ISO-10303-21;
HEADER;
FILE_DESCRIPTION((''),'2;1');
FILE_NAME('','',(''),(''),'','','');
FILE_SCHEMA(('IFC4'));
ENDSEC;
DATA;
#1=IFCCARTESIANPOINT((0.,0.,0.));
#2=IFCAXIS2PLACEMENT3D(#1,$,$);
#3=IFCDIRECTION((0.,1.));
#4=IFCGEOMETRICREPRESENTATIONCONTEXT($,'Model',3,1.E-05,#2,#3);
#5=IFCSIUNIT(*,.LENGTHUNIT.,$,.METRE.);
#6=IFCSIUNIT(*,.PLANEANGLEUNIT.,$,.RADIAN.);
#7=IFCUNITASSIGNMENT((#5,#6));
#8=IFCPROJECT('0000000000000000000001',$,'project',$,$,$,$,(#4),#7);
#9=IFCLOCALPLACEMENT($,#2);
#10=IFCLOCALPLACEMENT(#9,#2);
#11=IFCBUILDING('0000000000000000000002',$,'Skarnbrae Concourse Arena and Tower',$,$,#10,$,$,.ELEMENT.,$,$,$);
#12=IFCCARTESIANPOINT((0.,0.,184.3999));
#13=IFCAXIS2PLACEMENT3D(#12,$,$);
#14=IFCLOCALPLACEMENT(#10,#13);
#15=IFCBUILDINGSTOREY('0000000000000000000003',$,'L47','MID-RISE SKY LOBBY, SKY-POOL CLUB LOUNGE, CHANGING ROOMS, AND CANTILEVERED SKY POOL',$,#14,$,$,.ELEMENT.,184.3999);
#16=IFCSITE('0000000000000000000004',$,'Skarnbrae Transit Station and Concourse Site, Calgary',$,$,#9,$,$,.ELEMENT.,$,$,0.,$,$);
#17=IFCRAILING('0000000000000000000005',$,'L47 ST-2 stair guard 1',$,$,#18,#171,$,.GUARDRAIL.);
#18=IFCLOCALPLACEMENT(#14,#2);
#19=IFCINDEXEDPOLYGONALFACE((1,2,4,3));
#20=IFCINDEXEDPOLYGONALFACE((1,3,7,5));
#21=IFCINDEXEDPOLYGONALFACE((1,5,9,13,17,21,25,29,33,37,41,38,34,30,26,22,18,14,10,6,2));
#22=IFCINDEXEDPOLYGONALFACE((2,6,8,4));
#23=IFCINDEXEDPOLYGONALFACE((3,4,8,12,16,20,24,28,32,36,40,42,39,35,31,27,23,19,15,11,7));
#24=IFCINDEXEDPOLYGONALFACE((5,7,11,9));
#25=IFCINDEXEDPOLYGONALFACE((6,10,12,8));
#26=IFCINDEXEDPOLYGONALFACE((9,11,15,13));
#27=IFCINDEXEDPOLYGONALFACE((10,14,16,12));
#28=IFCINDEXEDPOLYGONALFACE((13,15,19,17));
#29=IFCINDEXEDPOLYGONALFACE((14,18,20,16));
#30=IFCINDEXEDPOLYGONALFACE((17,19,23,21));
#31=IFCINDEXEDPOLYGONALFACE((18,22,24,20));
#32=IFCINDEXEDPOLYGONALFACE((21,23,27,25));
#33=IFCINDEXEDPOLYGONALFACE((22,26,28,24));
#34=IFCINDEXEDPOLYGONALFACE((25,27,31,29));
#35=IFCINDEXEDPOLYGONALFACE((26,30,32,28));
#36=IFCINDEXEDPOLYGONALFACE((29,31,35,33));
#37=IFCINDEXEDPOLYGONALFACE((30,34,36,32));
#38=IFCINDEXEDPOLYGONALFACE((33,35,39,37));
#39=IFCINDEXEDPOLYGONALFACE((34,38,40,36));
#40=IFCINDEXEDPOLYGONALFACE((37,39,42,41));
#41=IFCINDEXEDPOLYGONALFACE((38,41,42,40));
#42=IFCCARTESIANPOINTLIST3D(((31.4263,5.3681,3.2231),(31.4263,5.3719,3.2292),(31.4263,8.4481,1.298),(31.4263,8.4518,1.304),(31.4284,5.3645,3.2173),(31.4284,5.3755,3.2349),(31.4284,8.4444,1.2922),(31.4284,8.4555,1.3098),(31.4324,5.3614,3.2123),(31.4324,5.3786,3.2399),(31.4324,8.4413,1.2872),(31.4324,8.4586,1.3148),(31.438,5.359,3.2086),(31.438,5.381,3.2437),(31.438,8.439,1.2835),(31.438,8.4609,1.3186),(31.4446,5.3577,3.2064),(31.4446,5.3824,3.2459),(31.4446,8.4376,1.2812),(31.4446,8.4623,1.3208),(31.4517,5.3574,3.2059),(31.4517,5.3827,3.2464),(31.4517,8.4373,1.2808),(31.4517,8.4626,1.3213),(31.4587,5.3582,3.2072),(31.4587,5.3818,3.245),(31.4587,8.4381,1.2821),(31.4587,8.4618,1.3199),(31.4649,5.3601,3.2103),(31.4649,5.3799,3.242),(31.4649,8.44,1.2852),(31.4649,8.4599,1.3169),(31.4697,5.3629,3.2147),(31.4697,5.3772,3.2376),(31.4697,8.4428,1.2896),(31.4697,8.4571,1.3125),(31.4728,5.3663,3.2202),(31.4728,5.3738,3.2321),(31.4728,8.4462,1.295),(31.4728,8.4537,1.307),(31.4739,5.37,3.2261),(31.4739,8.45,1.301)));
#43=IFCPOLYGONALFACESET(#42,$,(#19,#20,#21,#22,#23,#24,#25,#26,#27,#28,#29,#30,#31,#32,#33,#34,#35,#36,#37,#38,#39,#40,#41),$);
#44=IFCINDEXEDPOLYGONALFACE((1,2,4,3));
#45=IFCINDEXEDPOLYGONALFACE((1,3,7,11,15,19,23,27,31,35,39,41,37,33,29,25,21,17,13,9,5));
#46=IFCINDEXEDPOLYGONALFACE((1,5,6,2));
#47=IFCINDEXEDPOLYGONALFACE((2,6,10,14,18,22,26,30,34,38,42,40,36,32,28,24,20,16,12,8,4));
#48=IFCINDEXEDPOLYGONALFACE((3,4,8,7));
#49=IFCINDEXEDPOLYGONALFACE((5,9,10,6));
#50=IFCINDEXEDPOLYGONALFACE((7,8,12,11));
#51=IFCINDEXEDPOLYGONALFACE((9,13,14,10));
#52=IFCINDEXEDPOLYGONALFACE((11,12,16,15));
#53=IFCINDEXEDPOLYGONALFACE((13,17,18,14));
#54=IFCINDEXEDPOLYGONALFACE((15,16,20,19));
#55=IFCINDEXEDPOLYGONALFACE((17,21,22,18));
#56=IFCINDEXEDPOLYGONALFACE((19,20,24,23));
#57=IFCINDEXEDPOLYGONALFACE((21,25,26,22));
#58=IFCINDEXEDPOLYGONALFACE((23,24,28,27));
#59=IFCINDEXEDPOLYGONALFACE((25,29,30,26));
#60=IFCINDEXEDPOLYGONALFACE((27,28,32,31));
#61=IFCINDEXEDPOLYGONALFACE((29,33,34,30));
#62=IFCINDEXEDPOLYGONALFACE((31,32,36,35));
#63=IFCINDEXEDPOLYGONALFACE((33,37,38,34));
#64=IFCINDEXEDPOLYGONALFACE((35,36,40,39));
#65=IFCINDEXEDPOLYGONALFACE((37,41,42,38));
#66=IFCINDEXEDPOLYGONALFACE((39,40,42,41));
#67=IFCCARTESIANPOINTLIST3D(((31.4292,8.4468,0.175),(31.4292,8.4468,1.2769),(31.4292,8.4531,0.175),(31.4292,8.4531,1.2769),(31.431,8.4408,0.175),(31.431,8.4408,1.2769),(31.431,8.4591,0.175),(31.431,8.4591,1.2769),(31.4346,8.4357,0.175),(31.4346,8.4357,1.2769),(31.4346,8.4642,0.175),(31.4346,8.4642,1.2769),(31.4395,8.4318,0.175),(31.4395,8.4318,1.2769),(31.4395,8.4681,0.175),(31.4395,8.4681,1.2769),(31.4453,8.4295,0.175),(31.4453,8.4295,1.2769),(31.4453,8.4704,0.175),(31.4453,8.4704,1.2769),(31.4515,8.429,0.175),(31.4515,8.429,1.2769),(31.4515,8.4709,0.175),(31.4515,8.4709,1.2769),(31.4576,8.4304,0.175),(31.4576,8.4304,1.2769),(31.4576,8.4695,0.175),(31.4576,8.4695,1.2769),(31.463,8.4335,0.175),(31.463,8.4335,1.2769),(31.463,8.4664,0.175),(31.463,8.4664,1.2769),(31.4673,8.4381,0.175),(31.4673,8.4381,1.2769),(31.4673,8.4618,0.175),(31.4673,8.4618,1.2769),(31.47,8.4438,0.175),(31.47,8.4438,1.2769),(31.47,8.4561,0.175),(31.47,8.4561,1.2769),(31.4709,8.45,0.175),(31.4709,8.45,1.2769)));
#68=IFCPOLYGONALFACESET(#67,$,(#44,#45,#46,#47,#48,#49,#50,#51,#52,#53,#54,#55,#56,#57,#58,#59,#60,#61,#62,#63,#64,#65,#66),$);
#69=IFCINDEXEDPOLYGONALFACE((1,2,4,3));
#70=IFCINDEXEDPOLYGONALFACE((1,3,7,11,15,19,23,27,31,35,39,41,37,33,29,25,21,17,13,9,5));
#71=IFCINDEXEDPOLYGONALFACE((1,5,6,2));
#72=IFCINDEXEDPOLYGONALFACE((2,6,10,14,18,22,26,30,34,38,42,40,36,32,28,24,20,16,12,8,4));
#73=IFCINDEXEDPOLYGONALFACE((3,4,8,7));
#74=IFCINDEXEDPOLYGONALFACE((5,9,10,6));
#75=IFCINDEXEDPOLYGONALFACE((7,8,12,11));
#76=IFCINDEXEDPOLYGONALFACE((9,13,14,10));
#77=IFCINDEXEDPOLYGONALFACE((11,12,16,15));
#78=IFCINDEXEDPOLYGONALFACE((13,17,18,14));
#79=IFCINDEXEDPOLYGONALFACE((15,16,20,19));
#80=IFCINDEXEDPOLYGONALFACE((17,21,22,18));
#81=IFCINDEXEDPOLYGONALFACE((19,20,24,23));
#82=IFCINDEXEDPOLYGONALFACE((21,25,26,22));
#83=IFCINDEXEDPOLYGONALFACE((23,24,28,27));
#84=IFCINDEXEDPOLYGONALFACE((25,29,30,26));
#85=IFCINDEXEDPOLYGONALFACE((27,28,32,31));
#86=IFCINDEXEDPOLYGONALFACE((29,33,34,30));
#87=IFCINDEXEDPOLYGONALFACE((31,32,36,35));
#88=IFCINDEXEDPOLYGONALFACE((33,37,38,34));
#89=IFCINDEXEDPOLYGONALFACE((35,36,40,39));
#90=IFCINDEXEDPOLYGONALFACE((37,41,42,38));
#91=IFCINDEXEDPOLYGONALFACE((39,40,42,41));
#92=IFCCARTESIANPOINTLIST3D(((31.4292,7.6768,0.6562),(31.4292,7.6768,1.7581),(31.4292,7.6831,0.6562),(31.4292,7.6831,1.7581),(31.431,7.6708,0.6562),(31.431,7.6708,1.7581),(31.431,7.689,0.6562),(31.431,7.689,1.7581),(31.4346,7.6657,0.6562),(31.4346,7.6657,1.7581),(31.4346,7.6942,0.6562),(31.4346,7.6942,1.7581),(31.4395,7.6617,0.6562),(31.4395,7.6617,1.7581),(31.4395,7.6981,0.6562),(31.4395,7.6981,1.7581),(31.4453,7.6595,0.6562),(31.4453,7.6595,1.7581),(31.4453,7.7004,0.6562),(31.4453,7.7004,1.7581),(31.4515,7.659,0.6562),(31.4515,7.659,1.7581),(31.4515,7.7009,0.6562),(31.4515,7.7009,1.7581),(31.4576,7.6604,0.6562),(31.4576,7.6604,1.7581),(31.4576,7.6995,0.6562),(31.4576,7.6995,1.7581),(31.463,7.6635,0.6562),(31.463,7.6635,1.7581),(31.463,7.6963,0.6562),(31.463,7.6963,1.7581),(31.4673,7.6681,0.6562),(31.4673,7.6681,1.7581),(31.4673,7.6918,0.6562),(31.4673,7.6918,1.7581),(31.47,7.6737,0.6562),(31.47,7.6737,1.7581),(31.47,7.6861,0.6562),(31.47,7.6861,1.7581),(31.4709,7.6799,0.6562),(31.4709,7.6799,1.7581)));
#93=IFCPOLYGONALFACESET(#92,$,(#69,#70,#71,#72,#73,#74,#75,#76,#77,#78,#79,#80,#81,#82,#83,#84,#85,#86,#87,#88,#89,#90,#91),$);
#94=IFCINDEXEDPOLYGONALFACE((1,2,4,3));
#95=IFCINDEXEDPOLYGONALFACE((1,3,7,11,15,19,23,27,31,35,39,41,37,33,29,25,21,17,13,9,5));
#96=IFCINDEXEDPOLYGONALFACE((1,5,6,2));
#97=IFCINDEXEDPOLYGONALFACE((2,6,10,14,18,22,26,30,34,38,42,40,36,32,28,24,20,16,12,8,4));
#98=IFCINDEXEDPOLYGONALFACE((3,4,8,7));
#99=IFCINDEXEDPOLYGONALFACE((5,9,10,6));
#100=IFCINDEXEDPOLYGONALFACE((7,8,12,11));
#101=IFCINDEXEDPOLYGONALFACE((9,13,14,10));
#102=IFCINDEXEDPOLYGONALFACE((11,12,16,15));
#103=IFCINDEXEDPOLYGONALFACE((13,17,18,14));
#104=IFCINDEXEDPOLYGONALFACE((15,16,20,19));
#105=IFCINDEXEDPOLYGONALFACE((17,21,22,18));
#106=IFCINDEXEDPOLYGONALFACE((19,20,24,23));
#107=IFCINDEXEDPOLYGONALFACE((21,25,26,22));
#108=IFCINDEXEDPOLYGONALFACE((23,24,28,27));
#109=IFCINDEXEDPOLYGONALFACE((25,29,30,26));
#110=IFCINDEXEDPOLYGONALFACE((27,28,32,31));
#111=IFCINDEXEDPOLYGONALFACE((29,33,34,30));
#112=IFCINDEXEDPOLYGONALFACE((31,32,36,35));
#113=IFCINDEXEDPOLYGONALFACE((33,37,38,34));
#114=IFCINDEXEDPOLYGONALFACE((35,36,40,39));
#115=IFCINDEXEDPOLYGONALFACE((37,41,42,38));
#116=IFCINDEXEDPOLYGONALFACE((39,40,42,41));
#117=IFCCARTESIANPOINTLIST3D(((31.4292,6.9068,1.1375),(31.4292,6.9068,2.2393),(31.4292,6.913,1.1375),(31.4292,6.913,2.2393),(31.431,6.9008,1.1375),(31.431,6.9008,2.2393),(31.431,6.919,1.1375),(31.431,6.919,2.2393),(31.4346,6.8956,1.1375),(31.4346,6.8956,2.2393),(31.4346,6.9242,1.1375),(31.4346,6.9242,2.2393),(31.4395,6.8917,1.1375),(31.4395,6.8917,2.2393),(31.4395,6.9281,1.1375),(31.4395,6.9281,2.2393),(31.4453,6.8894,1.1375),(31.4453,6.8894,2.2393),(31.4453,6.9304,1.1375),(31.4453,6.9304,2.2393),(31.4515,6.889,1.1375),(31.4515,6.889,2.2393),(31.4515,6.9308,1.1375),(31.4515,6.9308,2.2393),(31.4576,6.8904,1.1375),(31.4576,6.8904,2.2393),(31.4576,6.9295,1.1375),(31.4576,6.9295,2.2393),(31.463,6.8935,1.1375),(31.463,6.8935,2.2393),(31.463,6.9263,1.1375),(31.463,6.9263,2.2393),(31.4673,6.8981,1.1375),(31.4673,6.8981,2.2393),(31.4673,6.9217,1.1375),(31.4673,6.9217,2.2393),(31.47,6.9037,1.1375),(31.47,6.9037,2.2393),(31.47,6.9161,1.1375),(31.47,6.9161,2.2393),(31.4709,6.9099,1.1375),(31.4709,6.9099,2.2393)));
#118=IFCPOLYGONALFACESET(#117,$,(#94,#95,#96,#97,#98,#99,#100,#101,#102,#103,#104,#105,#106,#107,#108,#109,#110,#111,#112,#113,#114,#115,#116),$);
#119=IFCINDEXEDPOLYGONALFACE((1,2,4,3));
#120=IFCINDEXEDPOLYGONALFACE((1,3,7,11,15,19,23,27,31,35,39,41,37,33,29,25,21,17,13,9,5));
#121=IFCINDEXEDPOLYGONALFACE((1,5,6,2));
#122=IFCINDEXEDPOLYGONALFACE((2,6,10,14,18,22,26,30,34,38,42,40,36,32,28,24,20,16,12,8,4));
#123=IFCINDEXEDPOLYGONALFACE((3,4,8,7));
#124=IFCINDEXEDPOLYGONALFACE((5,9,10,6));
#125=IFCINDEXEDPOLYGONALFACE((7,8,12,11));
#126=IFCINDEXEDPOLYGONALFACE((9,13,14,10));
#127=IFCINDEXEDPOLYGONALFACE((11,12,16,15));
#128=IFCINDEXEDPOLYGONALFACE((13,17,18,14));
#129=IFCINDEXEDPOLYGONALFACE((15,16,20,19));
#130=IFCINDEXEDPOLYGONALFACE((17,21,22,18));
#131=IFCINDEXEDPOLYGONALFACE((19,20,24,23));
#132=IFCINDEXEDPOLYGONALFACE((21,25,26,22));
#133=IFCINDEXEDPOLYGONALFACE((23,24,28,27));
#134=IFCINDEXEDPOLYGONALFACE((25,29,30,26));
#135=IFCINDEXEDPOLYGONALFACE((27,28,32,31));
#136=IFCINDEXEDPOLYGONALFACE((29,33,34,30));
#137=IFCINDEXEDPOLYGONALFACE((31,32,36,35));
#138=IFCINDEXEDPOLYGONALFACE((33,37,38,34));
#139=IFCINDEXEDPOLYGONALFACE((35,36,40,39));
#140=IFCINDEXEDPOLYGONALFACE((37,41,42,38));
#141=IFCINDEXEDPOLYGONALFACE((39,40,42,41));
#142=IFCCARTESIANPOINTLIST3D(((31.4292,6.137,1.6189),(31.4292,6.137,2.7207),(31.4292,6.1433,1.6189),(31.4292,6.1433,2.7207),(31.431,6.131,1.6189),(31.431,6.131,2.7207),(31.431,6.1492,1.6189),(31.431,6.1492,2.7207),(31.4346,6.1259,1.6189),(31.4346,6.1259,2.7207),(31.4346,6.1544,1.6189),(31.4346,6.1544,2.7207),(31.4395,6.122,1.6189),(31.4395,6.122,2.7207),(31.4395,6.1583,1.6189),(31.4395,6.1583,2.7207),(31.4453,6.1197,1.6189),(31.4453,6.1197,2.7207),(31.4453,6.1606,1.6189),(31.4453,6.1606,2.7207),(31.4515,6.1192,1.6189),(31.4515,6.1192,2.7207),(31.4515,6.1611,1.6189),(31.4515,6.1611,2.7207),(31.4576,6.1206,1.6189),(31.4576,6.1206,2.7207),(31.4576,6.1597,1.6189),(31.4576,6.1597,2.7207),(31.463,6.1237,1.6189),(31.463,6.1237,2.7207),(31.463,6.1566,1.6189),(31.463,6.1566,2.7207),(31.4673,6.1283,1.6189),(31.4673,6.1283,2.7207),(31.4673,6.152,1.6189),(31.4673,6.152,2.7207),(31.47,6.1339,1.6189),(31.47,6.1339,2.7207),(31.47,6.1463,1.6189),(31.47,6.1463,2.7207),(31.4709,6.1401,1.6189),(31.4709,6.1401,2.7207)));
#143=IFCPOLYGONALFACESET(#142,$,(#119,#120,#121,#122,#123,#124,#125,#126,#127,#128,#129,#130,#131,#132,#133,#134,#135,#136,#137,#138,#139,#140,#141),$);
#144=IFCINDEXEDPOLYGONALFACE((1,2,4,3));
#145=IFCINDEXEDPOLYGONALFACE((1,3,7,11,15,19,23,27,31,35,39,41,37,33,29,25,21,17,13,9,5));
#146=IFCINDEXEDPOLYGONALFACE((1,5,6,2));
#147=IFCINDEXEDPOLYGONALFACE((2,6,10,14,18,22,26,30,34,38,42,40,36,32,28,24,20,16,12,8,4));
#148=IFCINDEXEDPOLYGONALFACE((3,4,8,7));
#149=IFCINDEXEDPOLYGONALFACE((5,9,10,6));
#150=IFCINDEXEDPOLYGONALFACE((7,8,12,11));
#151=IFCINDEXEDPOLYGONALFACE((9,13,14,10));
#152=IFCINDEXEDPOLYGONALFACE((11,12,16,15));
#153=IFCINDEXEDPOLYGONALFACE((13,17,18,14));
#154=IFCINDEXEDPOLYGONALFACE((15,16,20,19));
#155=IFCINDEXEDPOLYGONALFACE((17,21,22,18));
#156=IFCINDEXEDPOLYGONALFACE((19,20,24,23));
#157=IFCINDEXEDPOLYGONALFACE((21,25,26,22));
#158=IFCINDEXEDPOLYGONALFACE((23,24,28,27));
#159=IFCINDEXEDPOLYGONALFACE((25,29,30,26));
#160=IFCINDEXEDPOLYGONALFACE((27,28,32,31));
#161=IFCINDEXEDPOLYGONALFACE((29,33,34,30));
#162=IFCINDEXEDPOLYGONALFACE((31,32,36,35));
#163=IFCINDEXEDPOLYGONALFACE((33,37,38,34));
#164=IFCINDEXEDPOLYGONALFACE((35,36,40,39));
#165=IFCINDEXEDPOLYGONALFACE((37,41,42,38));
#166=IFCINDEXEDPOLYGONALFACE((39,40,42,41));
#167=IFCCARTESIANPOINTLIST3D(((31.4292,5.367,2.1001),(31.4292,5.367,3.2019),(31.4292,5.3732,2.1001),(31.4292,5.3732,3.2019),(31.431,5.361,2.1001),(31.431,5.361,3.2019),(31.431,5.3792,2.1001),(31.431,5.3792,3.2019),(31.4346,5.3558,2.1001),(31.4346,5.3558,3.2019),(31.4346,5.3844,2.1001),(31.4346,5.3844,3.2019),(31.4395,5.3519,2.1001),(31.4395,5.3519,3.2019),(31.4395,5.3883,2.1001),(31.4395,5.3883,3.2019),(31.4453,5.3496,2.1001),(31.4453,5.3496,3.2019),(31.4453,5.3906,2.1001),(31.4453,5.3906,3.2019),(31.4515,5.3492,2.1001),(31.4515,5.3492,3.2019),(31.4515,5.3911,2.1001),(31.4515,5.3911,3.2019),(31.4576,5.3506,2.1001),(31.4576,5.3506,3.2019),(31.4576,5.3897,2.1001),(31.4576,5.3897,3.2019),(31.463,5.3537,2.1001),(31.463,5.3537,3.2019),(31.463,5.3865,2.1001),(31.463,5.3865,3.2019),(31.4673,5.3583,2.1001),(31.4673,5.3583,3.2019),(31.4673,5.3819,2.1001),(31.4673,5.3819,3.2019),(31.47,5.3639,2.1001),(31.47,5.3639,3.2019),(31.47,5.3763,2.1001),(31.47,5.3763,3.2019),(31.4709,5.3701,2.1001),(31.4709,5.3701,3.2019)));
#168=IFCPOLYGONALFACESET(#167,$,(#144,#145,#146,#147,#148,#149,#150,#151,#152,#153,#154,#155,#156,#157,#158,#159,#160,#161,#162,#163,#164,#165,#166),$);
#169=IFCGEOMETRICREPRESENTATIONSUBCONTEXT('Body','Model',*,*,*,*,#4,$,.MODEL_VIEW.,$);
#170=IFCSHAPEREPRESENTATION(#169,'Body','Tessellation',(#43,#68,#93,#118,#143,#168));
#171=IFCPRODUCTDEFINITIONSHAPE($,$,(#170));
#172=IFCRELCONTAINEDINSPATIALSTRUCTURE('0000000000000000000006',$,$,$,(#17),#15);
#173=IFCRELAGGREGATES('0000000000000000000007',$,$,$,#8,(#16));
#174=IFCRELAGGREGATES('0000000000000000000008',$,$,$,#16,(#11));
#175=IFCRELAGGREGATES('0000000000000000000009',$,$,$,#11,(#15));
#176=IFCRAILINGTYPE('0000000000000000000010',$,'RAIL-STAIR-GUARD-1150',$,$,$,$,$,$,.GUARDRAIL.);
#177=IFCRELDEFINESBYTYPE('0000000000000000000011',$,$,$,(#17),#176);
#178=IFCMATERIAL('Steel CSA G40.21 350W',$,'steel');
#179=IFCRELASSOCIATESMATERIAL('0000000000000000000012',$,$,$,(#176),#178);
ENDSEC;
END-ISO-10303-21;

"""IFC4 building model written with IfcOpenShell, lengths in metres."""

from ifc_helpers import new_model, si_unit, direction, frame, origin, origin_2d, place, context, subcontext, project, spatial, circle, extrude, material, type_object, element, save


model = new_model("IFC4")

# Units and contexts
model_context = context("Model", 3, precision=1e-05, world=origin(), true_north=direction((0.0, 1.0)))
body_context = subcontext(model_context, "Body", "Model", "MODEL_VIEW")
ifc_project = project(units=[si_unit("LENGTHUNIT", "METRE"), si_unit("PLANEANGLEUNIT", "RADIAN")], contexts=[model_context])

# Site, building, storey
site_placement = place(None, origin())
site = spatial("IfcSite", under=ifc_project, at=site_placement, Name="Skarnbrae Transit Station and Concourse Site, Calgary", CompositionType="ELEMENT", RefElevation=0.0)
building_placement = place(site_placement, origin())
building = spatial("IfcBuilding", under=site, at=building_placement, Name="Skarnbrae Concourse Arena and Tower", CompositionType="ELEMENT")
storey_placement = place(building_placement, frame((0.0, 0.0, 184.3999)))
storey = spatial("IfcBuildingStorey", under=building, at=storey_placement, Name="L47", Description="MID-RISE SKY LOBBY, SKY-POOL CLUB LOUNGE, CHANGING ROOMS, AND CANTILEVERED SKY POOL", CompositionType="ELEMENT", Elevation=184.3999)

# Shared definitions
ifc_material_1 = material(Name="Steel CSA G40.21 350W", Category="steel")

# Railing
railing_type = type_object("IfcRailingType", Name="RAIL-STAIR-GUARD-1150", PredefinedType="GUARDRAIL", material=ifc_material_1)
railing_1_placement = place(storey_placement, frame((31.45, 8.45, 0.175)))
element("IfcRailing", 1, at=railing_1_placement, inside=storey, type_object=railing_type, Name="L47 ST-2 stair guard 1", PredefinedType="GUARDRAIL", context=body_context, shape_type="SweptSolid", body=[
    extrude(circle(Radius=0.0239, at=origin_2d()), frame((0.0, 0.0, 1.126), z_axis=(0.0, -0.847979, 0.530029), x_axis=(1.0, 0.0, 0.0)), (0.0, 0.0, 1.0), 3.6321),
    extrude(circle(Radius=0.021, at=origin_2d()), origin(), (0.0, 0.0, 1.0), 1.1018),
    extrude(circle(Radius=0.021, at=origin_2d()), frame((0.0, -0.77, 0.4812)), (0.0, 0.0, 1.0), 1.1018),
    extrude(circle(Radius=0.021, at=origin_2d()), frame((0.0, -1.54, 0.9624)), (0.0, 0.0, 1.0), 1.1018),
    extrude(circle(Radius=0.021, at=origin_2d()), frame((0.0, -2.3098, 1.4438)), (0.0, 0.0, 1.0), 1.1018),
    extrude(circle(Radius=0.021, at=origin_2d()), frame((0.0, -3.0798, 1.925)), (0.0, 0.0, 1.0), 1.1018),
])

save(model, "model.ifc")
